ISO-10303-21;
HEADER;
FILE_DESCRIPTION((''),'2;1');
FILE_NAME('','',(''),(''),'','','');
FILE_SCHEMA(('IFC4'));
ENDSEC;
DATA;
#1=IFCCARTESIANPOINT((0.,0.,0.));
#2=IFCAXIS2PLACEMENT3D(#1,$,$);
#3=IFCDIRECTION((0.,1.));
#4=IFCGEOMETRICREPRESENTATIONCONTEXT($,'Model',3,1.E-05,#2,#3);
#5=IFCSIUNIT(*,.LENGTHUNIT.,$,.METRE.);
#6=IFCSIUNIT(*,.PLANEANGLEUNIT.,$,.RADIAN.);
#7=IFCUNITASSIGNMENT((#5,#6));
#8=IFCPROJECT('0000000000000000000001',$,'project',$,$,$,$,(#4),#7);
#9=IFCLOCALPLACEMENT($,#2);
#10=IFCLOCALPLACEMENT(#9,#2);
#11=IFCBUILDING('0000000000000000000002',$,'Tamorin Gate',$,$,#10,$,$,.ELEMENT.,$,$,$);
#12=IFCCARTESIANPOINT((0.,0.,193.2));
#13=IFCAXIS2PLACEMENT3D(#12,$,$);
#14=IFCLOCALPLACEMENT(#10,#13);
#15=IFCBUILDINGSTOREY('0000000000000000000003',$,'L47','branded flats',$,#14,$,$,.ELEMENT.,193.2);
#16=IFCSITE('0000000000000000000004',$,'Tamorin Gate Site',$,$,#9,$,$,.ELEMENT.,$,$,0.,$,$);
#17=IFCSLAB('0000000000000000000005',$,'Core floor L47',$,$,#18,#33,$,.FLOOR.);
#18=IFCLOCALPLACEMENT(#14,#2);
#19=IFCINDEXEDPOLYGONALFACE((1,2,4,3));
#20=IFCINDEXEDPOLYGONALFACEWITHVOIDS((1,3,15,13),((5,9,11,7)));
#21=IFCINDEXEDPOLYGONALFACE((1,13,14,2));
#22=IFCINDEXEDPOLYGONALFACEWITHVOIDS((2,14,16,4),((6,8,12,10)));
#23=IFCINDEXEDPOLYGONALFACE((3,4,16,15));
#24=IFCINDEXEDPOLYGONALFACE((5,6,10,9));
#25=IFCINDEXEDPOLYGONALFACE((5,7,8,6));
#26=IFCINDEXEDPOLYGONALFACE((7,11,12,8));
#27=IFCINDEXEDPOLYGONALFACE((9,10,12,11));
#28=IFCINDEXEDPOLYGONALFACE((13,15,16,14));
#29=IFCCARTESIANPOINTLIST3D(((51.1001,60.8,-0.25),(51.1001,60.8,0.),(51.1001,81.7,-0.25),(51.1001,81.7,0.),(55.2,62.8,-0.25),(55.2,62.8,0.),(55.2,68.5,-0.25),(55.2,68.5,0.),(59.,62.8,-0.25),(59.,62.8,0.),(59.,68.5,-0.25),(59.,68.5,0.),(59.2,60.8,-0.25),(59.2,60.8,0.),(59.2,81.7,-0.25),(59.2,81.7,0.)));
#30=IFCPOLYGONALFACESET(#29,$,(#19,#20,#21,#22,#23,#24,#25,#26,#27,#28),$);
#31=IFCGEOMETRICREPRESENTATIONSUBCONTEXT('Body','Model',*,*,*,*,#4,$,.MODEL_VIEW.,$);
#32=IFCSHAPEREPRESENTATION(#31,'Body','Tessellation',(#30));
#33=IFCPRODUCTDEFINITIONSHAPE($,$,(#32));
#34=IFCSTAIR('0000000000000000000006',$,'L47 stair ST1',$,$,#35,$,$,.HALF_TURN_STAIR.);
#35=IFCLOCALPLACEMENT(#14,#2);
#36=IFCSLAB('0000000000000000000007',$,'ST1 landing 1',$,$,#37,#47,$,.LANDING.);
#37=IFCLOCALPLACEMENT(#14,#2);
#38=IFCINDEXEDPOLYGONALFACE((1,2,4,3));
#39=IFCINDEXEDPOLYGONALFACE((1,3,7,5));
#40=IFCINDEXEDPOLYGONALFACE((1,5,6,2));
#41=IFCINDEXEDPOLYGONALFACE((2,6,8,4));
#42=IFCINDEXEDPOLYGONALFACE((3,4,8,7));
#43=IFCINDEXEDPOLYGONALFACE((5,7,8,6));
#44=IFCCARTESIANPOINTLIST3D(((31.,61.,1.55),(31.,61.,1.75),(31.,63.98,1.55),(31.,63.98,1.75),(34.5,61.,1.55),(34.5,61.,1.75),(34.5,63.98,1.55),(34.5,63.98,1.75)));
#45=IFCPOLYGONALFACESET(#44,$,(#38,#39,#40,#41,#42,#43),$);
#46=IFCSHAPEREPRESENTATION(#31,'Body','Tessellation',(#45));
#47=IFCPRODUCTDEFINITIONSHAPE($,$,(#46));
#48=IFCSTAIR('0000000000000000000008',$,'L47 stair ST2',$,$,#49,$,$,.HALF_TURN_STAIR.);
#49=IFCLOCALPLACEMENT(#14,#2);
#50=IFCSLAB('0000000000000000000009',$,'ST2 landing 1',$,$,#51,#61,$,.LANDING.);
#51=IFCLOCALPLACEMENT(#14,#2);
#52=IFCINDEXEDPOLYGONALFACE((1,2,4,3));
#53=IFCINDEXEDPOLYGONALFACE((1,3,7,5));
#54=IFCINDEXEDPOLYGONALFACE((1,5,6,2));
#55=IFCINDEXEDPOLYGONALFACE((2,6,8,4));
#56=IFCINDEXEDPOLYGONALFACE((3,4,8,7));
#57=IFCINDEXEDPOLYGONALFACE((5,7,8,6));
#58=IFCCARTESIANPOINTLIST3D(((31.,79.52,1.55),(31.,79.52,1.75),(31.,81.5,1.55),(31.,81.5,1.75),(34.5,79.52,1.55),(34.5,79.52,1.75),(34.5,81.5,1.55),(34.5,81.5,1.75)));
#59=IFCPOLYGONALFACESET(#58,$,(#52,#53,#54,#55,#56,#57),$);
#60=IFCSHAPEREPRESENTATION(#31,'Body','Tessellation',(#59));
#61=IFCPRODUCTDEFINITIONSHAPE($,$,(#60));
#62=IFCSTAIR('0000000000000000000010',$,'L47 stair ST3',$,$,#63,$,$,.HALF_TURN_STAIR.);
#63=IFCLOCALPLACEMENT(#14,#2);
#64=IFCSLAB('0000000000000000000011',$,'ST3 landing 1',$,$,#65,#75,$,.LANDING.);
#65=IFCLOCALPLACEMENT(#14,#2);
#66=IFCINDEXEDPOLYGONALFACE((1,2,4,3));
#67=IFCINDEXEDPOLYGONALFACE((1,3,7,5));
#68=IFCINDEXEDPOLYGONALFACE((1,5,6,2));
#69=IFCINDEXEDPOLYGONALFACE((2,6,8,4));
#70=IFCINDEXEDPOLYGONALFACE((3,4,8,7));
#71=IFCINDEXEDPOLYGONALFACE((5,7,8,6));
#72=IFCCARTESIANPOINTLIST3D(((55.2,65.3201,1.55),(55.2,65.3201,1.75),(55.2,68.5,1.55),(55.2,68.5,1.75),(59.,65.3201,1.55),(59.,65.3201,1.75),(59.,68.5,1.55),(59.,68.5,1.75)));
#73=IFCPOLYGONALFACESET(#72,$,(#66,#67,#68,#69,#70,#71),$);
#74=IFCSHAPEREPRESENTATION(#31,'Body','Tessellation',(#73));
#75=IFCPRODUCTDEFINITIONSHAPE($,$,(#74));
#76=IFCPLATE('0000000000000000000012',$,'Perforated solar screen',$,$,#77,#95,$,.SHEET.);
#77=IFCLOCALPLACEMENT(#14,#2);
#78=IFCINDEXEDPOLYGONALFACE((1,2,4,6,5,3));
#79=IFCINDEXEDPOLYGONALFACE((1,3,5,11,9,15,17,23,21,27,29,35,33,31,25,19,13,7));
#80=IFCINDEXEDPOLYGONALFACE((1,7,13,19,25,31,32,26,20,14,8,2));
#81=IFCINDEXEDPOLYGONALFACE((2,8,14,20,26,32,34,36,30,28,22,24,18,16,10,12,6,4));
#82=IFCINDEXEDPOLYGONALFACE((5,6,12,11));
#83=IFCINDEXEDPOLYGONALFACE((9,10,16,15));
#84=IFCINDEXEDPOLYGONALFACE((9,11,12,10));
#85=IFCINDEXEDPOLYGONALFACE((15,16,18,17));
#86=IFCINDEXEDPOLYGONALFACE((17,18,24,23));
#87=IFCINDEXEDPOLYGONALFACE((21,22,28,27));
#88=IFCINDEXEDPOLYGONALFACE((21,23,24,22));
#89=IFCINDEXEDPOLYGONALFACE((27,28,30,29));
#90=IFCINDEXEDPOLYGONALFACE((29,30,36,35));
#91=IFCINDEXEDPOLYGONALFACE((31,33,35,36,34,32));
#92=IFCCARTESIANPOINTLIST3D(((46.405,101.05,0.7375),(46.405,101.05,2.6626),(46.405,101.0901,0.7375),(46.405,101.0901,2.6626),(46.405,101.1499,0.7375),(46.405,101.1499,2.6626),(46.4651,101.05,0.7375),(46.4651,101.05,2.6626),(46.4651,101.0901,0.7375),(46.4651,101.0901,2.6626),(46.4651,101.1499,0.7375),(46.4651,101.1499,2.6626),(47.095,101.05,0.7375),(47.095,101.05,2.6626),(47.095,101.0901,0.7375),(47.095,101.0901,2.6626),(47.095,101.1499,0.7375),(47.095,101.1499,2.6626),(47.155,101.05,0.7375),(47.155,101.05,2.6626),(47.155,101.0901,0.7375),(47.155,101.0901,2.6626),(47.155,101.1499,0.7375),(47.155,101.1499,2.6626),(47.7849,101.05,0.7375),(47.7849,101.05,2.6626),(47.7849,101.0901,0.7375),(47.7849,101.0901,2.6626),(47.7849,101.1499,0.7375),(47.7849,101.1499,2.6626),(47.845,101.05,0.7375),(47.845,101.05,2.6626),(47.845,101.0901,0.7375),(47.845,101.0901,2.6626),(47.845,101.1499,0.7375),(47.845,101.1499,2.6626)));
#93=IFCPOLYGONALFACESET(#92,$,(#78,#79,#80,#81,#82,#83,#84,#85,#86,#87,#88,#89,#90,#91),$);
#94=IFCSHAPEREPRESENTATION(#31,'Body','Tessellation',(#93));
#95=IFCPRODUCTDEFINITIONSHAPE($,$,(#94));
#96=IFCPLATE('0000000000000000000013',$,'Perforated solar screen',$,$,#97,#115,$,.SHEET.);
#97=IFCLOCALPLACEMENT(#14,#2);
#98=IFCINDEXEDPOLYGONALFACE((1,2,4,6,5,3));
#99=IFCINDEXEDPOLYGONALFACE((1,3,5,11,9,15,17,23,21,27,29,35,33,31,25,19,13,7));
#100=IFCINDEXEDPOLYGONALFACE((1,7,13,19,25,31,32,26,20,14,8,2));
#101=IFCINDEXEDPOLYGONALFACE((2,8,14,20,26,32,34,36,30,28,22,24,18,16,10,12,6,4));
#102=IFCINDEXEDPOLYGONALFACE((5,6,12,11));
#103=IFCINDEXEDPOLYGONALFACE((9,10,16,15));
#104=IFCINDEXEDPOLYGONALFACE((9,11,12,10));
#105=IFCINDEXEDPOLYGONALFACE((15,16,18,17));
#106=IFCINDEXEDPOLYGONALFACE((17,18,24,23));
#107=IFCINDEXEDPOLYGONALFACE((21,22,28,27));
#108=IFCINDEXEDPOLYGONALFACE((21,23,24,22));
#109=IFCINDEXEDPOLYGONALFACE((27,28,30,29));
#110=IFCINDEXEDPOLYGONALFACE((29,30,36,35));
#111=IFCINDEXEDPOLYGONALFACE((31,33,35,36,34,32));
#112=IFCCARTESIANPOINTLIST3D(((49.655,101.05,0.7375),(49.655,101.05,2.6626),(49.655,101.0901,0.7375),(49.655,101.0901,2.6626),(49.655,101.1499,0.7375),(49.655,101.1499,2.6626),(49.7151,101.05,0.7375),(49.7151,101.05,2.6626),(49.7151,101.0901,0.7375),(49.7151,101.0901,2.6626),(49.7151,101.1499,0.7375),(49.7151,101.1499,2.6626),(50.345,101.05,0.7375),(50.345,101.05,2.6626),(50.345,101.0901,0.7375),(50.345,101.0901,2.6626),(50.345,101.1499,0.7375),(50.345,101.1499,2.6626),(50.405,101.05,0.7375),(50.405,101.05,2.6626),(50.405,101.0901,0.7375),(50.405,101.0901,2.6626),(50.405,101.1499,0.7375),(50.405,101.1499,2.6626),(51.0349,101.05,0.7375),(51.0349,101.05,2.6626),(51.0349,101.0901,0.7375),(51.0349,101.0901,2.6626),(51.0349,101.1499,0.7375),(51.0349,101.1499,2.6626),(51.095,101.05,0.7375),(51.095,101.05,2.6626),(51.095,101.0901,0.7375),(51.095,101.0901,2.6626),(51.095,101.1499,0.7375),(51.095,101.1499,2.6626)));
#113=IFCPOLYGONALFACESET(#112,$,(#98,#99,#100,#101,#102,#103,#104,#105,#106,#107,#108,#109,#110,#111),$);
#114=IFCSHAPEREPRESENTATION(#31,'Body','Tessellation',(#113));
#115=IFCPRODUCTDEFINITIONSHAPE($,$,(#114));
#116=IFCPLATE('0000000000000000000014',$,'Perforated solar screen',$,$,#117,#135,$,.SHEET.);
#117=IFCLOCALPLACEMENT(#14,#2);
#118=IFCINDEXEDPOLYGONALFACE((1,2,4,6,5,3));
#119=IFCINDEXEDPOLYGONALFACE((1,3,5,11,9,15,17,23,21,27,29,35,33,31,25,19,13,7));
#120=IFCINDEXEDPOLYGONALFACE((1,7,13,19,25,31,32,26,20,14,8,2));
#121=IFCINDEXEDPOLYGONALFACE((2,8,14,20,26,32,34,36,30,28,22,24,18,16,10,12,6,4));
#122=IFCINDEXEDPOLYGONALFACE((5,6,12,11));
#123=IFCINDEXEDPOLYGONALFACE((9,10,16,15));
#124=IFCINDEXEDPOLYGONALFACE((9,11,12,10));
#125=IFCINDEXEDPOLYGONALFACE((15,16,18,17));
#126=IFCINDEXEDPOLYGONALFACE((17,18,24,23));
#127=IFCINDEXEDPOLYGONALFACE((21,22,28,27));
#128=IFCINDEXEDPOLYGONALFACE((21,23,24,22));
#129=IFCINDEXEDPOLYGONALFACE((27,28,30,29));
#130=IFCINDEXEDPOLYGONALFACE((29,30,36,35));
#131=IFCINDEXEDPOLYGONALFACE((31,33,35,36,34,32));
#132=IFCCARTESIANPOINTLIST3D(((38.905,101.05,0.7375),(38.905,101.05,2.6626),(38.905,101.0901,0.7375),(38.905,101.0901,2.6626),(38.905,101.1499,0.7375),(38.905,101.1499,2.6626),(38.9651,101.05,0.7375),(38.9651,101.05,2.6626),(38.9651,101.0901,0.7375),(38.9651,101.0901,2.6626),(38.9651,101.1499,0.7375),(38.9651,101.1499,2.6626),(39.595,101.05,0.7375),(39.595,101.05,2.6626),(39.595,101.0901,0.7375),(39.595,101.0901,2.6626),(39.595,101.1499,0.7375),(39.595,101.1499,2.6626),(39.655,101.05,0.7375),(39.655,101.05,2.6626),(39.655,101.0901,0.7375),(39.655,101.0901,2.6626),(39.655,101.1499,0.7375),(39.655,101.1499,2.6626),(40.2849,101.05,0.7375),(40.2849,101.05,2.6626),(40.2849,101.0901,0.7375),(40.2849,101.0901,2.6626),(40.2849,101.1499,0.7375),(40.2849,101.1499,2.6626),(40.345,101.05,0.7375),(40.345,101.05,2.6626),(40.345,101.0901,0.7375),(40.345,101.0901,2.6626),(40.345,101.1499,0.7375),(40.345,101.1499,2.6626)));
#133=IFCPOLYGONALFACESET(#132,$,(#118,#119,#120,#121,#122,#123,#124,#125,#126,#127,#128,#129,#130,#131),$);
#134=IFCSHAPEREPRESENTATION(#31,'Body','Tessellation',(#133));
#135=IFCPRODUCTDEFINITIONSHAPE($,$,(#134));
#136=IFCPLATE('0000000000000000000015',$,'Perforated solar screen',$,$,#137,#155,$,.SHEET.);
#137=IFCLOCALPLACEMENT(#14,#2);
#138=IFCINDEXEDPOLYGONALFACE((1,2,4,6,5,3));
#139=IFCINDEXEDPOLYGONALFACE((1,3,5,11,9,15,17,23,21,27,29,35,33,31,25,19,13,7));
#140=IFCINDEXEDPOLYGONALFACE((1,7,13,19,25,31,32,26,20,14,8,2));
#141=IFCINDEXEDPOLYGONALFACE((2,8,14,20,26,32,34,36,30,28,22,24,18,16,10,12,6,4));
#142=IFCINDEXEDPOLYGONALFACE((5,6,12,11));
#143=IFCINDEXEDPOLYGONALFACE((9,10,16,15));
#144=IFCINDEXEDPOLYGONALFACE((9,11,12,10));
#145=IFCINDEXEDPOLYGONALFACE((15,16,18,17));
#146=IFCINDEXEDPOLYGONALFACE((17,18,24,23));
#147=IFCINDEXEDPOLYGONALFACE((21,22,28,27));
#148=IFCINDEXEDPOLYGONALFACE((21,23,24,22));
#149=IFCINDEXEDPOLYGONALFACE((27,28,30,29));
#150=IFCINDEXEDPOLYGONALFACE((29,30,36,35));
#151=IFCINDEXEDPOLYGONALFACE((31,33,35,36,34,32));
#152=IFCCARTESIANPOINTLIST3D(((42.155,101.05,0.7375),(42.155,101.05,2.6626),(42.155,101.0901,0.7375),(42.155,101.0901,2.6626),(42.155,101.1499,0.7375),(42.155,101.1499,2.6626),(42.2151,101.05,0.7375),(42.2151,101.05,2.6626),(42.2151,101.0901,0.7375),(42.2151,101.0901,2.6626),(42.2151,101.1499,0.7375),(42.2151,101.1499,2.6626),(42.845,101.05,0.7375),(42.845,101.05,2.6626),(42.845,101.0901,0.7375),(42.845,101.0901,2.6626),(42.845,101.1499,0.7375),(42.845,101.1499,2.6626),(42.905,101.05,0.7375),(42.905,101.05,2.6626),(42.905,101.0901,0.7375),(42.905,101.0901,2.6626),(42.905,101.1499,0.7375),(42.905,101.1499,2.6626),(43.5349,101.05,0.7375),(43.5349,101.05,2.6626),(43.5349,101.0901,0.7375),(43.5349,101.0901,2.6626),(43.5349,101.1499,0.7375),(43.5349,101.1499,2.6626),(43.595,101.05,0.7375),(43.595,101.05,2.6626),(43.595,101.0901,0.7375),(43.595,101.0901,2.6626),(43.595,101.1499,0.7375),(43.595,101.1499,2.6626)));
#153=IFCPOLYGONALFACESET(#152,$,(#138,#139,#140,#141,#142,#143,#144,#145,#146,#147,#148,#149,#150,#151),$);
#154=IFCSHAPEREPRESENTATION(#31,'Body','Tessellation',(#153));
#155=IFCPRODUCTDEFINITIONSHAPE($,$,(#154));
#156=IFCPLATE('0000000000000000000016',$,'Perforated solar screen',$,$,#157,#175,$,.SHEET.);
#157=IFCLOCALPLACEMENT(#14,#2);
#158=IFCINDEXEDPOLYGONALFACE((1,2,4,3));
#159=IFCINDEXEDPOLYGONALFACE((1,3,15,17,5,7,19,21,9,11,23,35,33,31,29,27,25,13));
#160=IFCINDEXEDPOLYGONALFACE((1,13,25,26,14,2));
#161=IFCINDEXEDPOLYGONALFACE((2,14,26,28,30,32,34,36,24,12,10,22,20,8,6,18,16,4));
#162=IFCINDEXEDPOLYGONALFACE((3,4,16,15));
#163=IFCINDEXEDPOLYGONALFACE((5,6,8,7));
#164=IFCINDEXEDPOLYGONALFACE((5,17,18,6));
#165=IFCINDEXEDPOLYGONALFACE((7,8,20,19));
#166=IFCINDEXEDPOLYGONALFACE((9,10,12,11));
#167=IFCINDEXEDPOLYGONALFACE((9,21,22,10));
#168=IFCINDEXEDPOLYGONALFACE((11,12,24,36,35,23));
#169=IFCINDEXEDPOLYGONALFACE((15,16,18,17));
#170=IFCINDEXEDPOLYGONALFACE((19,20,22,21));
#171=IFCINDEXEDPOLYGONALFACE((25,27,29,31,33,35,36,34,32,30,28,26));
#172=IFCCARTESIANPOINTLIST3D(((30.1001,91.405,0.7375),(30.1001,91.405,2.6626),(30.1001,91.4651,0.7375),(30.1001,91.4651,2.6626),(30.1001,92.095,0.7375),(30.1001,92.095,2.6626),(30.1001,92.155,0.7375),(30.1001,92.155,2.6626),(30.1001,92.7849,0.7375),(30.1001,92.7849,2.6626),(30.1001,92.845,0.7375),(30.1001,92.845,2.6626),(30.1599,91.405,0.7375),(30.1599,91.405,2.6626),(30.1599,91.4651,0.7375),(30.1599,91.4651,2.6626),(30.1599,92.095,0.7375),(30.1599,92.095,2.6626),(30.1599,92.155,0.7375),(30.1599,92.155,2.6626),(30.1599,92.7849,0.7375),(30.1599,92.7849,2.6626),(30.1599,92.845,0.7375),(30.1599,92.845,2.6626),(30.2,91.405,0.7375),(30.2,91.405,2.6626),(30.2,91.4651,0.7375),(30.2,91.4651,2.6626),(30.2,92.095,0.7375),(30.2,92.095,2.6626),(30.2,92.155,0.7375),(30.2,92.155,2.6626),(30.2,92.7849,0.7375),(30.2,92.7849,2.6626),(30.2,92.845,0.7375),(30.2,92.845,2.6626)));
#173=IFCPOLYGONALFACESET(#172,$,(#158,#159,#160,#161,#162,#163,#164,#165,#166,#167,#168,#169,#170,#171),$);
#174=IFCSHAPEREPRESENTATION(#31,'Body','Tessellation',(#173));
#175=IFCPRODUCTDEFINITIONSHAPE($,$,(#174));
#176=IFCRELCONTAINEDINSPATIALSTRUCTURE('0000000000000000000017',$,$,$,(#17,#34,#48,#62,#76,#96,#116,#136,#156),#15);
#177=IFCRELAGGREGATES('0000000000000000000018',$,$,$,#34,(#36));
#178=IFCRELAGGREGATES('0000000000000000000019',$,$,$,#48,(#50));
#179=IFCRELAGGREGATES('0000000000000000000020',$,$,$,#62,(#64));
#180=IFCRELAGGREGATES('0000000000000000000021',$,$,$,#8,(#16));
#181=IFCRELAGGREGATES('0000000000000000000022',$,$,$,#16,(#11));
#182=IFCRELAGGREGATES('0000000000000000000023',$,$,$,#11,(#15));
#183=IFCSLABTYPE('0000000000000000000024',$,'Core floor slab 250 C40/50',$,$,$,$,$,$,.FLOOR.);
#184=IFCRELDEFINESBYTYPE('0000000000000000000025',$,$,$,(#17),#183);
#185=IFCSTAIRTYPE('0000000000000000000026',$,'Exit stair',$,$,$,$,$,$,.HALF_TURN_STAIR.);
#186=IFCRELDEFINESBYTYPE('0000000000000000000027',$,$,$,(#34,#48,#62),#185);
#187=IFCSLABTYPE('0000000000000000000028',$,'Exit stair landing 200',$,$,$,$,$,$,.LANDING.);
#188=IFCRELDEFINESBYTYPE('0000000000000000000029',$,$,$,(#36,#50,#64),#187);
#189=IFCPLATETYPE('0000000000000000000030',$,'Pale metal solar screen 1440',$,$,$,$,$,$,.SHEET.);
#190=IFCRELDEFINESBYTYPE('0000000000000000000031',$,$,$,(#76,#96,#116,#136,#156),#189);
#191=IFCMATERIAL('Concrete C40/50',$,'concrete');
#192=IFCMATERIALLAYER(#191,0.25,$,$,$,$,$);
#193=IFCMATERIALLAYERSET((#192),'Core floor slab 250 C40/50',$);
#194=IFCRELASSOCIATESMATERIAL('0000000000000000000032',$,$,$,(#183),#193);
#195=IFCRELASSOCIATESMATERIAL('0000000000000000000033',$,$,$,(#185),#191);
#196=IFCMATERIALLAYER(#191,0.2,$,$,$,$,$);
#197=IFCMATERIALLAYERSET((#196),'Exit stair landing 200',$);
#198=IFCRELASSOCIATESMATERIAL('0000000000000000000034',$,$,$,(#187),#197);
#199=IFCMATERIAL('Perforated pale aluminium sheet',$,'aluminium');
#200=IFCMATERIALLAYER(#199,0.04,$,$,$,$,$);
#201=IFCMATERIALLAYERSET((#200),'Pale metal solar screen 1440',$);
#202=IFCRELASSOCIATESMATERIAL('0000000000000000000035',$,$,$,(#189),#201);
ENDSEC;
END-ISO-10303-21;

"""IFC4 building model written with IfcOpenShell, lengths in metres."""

from ifc_helpers import new_model, si_unit, direction, frame, origin, place, context, subcontext, project, spatial, polyline, outline, extrude, material, layer, layer_set, type_object, element, aggregate, save


model = new_model("IFC4")

# Units and contexts
model_context = context("Model", 3, precision=1e-05, world=origin(), true_north=direction((0.0, 1.0)))
body_context = subcontext(model_context, "Body", "Model", "MODEL_VIEW")
ifc_project = project(units=[si_unit("LENGTHUNIT", "METRE"), si_unit("PLANEANGLEUNIT", "RADIAN")], contexts=[model_context])

# Site, building, storey
site_placement = place(None, origin())
site = spatial("IfcSite", under=ifc_project, at=site_placement, Name="Tamorin Gate Site", CompositionType="ELEMENT", RefElevation=0.0)
building_placement = place(site_placement, origin())
building = spatial("IfcBuilding", under=site, at=building_placement, Name="Tamorin Gate", CompositionType="ELEMENT")
storey_placement = place(building_placement, frame((0.0, 0.0, 193.2)))
storey = spatial("IfcBuildingStorey", under=building, at=storey_placement, Name="L47", Description="branded flats", CompositionType="ELEMENT", Elevation=193.2)

# Slab
ifc_material_1 = material(Name="Concrete C40/50", Category="concrete")
ifc_layer_1 = layer(ifc_material_1, 0.25)
ifc_layer_set_1 = layer_set([ifc_layer_1], Name="Core floor slab 250 C40/50")
slab_type_1 = type_object("IfcSlabType", Name="Core floor slab 250 C40/50", PredefinedType="FLOOR", material=ifc_layer_set_1)
slab_1_placement = place(storey_placement, frame((0.0, 0.0, -0.25)))
element("IfcSlab", 1, at=slab_1_placement, inside=storey, type_object=slab_type_1, Name="Core floor L47", PredefinedType="FLOOR", context=body_context, shape_type="SweptSolid", body=[
    extrude(outline(polyline([(51.1001, 81.7), (59.2, 81.7), (59.2, 60.8), (51.1001, 60.8), (51.1001, 81.7)]), holes=[polyline([(55.2, 62.8), (59.0, 62.8), (59.0, 68.5), (55.2, 68.5), (55.2, 62.8)])]), origin(), (0.0, 0.0, 1.0), 0.25),
])

# Stairs, slabs
stair_type = type_object("IfcStairType", Name="Exit stair", PredefinedType="HALF_TURN_STAIR", material=ifc_material_1)
stair_1_placement = place(storey_placement, origin())
stair_1 = element("IfcStair", 2, at=stair_1_placement, inside=storey, type_object=stair_type, Name="L47 stair ST1", PredefinedType="HALF_TURN_STAIR")
ifc_layer_2 = layer(ifc_material_1, 0.2)
ifc_layer_set_2 = layer_set([ifc_layer_2], Name="Exit stair landing 200")
slab_type_2 = type_object("IfcSlabType", Name="Exit stair landing 200", PredefinedType="LANDING", material=ifc_layer_set_2)
slab_2_placement = place(storey_placement, frame((0.0, 0.0, 1.55)))
slab_2 = element("IfcSlab", 3, at=slab_2_placement, type_object=slab_type_2, Name="ST1 landing 1", PredefinedType="LANDING", context=body_context, shape_type="SweptSolid", body=[
    extrude(outline(polyline([(31.0, 63.98), (31.0, 61.0), (34.5, 61.0), (34.5, 63.98), (31.0, 63.98)])), origin(), (0.0, 0.0, 1.0), 0.2),
])
aggregate(stair_1, [slab_2])
stair_2_placement = place(storey_placement, origin())
stair_2 = element("IfcStair", 4, at=stair_2_placement, inside=storey, type_object=stair_type, Name="L47 stair ST2", PredefinedType="HALF_TURN_STAIR")
slab_3_placement = place(storey_placement, frame((0.0, 0.0, 1.55)))
slab_3 = element("IfcSlab", 5, at=slab_3_placement, type_object=slab_type_2, Name="ST2 landing 1", PredefinedType="LANDING", context=body_context, shape_type="SweptSolid", body=[
    extrude(outline(polyline([(34.5, 79.52), (34.5, 81.5), (31.0, 81.5), (31.0, 79.52), (34.5, 79.52)])), origin(), (0.0, 0.0, 1.0), 0.2),
])
aggregate(stair_2, [slab_3])
stair_3_placement = place(storey_placement, origin())
stair_3 = element("IfcStair", 6, at=stair_3_placement, inside=storey, type_object=stair_type, Name="L47 stair ST3", PredefinedType="HALF_TURN_STAIR")
slab_4_placement = place(storey_placement, frame((0.0, 0.0, 1.55)))
slab_4 = element("IfcSlab", 7, at=slab_4_placement, type_object=slab_type_2, Name="ST3 landing 1", PredefinedType="LANDING", context=body_context, shape_type="SweptSolid", body=[
    extrude(outline(polyline([(59.0, 65.3201), (59.0, 68.5), (55.2, 68.5), (55.2, 65.3201), (59.0, 65.3201)])), origin(), (0.0, 0.0, 1.0), 0.2),
])
aggregate(stair_3, [slab_4])

# Plates
ifc_material_2 = material(Name="Perforated pale aluminium sheet", Category="aluminium")
ifc_layer_3 = layer(ifc_material_2, 0.04)
ifc_layer_set_3 = layer_set([ifc_layer_3], Name="Pale metal solar screen 1440")
plate_type_1 = type_object("IfcPlateType", Name="Pale metal solar screen 1440", PredefinedType="SHEET", material=ifc_layer_set_3)
plate_1_placement = place(storey_placement, frame((0.0, 0.0, 0.7375)))
element("IfcPlate", 8, at=plate_1_placement, inside=storey, type_object=plate_type_1, Name="Perforated solar screen", PredefinedType="SHEET", context=body_context, shape_type="SweptSolid", body=[
    extrude(outline(polyline([(47.845, 101.0901), (47.845, 101.05), (47.7849, 101.05), (47.155, 101.05), (47.095, 101.05), (46.4651, 101.05), (46.405, 101.05), (46.405, 101.0901), (46.405, 101.1499), (46.4651, 101.1499), (46.4651, 101.0901), (47.095, 101.0901), (47.095, 101.1499), (47.155, 101.1499), (47.155, 101.0901), (47.7849, 101.0901), (47.7849, 101.1499), (47.845, 101.1499), (47.845, 101.0901)])), origin(), (0.0, 0.0, 1.0), 1.925),
])
plate_2_placement = place(storey_placement, frame((0.0, 0.0, 0.7375)))
element("IfcPlate", 9, at=plate_2_placement, inside=storey, type_object=plate_type_1, Name="Perforated solar screen", PredefinedType="SHEET", context=body_context, shape_type="SweptSolid", body=[
    extrude(outline(polyline([(51.095, 101.0901), (51.095, 101.05), (51.0349, 101.05), (50.405, 101.05), (50.345, 101.05), (49.7151, 101.05), (49.655, 101.05), (49.655, 101.0901), (49.655, 101.1499), (49.7151, 101.1499), (49.7151, 101.0901), (50.345, 101.0901), (50.345, 101.1499), (50.405, 101.1499), (50.405, 101.0901), (51.0349, 101.0901), (51.0349, 101.1499), (51.095, 101.1499), (51.095, 101.0901)])), origin(), (0.0, 0.0, 1.0), 1.925),
])
plate_3_placement = place(storey_placement, frame((0.0, 0.0, 0.7375)))
element("IfcPlate", 10, at=plate_3_placement, inside=storey, type_object=plate_type_1, Name="Perforated solar screen", PredefinedType="SHEET", context=body_context, shape_type="SweptSolid", body=[
    extrude(outline(polyline([(40.345, 101.0901), (40.345, 101.05), (40.2849, 101.05), (39.655, 101.05), (39.595, 101.05), (38.9651, 101.05), (38.905, 101.05), (38.905, 101.0901), (38.905, 101.1499), (38.9651, 101.1499), (38.9651, 101.0901), (39.595, 101.0901), (39.595, 101.1499), (39.655, 101.1499), (39.655, 101.0901), (40.2849, 101.0901), (40.2849, 101.1499), (40.345, 101.1499), (40.345, 101.0901)])), origin(), (0.0, 0.0, 1.0), 1.925),
])
plate_4_placement = place(storey_placement, frame((0.0, 0.0, 0.7375)))
element("IfcPlate", 11, at=plate_4_placement, inside=storey, type_object=plate_type_1, Name="Perforated solar screen", PredefinedType="SHEET", context=body_context, shape_type="SweptSolid", body=[
    extrude(outline(polyline([(43.595, 101.0901), (43.595, 101.05), (43.5349, 101.05), (42.905, 101.05), (42.845, 101.05), (42.2151, 101.05), (42.155, 101.05), (42.155, 101.0901), (42.155, 101.1499), (42.2151, 101.1499), (42.2151, 101.0901), (42.845, 101.0901), (42.845, 101.1499), (42.905, 101.1499), (42.905, 101.0901), (43.5349, 101.0901), (43.5349, 101.1499), (43.595, 101.1499), (43.595, 101.0901)])), origin(), (0.0, 0.0, 1.0), 1.925),
])
plate_5_placement = place(storey_placement, frame((0.0, 0.0, 0.7375)))
element("IfcPlate", 12, at=plate_5_placement, inside=storey, type_object=plate_type_1, Name="Perforated solar screen", PredefinedType="SHEET", context=body_context, shape_type="SweptSolid", body=[
    extrude(outline(polyline([(30.1599, 92.845), (30.2, 92.845), (30.2, 92.7849), (30.2, 92.155), (30.2, 92.095), (30.2, 91.4651), (30.2, 91.405), (30.2, 91.405), (30.1599, 91.405), (30.1599, 91.405), (30.1001, 91.405), (30.1001, 91.4651), (30.1599, 91.4651), (30.1599, 92.095), (30.1001, 92.095), (30.1001, 92.155), (30.1599, 92.155), (30.1599, 92.7849), (30.1001, 92.7849), (30.1001, 92.845), (30.1599, 92.845)])), origin(), (0.0, 0.0, 1.0), 1.925),
])

save(model, "model.ifc")
